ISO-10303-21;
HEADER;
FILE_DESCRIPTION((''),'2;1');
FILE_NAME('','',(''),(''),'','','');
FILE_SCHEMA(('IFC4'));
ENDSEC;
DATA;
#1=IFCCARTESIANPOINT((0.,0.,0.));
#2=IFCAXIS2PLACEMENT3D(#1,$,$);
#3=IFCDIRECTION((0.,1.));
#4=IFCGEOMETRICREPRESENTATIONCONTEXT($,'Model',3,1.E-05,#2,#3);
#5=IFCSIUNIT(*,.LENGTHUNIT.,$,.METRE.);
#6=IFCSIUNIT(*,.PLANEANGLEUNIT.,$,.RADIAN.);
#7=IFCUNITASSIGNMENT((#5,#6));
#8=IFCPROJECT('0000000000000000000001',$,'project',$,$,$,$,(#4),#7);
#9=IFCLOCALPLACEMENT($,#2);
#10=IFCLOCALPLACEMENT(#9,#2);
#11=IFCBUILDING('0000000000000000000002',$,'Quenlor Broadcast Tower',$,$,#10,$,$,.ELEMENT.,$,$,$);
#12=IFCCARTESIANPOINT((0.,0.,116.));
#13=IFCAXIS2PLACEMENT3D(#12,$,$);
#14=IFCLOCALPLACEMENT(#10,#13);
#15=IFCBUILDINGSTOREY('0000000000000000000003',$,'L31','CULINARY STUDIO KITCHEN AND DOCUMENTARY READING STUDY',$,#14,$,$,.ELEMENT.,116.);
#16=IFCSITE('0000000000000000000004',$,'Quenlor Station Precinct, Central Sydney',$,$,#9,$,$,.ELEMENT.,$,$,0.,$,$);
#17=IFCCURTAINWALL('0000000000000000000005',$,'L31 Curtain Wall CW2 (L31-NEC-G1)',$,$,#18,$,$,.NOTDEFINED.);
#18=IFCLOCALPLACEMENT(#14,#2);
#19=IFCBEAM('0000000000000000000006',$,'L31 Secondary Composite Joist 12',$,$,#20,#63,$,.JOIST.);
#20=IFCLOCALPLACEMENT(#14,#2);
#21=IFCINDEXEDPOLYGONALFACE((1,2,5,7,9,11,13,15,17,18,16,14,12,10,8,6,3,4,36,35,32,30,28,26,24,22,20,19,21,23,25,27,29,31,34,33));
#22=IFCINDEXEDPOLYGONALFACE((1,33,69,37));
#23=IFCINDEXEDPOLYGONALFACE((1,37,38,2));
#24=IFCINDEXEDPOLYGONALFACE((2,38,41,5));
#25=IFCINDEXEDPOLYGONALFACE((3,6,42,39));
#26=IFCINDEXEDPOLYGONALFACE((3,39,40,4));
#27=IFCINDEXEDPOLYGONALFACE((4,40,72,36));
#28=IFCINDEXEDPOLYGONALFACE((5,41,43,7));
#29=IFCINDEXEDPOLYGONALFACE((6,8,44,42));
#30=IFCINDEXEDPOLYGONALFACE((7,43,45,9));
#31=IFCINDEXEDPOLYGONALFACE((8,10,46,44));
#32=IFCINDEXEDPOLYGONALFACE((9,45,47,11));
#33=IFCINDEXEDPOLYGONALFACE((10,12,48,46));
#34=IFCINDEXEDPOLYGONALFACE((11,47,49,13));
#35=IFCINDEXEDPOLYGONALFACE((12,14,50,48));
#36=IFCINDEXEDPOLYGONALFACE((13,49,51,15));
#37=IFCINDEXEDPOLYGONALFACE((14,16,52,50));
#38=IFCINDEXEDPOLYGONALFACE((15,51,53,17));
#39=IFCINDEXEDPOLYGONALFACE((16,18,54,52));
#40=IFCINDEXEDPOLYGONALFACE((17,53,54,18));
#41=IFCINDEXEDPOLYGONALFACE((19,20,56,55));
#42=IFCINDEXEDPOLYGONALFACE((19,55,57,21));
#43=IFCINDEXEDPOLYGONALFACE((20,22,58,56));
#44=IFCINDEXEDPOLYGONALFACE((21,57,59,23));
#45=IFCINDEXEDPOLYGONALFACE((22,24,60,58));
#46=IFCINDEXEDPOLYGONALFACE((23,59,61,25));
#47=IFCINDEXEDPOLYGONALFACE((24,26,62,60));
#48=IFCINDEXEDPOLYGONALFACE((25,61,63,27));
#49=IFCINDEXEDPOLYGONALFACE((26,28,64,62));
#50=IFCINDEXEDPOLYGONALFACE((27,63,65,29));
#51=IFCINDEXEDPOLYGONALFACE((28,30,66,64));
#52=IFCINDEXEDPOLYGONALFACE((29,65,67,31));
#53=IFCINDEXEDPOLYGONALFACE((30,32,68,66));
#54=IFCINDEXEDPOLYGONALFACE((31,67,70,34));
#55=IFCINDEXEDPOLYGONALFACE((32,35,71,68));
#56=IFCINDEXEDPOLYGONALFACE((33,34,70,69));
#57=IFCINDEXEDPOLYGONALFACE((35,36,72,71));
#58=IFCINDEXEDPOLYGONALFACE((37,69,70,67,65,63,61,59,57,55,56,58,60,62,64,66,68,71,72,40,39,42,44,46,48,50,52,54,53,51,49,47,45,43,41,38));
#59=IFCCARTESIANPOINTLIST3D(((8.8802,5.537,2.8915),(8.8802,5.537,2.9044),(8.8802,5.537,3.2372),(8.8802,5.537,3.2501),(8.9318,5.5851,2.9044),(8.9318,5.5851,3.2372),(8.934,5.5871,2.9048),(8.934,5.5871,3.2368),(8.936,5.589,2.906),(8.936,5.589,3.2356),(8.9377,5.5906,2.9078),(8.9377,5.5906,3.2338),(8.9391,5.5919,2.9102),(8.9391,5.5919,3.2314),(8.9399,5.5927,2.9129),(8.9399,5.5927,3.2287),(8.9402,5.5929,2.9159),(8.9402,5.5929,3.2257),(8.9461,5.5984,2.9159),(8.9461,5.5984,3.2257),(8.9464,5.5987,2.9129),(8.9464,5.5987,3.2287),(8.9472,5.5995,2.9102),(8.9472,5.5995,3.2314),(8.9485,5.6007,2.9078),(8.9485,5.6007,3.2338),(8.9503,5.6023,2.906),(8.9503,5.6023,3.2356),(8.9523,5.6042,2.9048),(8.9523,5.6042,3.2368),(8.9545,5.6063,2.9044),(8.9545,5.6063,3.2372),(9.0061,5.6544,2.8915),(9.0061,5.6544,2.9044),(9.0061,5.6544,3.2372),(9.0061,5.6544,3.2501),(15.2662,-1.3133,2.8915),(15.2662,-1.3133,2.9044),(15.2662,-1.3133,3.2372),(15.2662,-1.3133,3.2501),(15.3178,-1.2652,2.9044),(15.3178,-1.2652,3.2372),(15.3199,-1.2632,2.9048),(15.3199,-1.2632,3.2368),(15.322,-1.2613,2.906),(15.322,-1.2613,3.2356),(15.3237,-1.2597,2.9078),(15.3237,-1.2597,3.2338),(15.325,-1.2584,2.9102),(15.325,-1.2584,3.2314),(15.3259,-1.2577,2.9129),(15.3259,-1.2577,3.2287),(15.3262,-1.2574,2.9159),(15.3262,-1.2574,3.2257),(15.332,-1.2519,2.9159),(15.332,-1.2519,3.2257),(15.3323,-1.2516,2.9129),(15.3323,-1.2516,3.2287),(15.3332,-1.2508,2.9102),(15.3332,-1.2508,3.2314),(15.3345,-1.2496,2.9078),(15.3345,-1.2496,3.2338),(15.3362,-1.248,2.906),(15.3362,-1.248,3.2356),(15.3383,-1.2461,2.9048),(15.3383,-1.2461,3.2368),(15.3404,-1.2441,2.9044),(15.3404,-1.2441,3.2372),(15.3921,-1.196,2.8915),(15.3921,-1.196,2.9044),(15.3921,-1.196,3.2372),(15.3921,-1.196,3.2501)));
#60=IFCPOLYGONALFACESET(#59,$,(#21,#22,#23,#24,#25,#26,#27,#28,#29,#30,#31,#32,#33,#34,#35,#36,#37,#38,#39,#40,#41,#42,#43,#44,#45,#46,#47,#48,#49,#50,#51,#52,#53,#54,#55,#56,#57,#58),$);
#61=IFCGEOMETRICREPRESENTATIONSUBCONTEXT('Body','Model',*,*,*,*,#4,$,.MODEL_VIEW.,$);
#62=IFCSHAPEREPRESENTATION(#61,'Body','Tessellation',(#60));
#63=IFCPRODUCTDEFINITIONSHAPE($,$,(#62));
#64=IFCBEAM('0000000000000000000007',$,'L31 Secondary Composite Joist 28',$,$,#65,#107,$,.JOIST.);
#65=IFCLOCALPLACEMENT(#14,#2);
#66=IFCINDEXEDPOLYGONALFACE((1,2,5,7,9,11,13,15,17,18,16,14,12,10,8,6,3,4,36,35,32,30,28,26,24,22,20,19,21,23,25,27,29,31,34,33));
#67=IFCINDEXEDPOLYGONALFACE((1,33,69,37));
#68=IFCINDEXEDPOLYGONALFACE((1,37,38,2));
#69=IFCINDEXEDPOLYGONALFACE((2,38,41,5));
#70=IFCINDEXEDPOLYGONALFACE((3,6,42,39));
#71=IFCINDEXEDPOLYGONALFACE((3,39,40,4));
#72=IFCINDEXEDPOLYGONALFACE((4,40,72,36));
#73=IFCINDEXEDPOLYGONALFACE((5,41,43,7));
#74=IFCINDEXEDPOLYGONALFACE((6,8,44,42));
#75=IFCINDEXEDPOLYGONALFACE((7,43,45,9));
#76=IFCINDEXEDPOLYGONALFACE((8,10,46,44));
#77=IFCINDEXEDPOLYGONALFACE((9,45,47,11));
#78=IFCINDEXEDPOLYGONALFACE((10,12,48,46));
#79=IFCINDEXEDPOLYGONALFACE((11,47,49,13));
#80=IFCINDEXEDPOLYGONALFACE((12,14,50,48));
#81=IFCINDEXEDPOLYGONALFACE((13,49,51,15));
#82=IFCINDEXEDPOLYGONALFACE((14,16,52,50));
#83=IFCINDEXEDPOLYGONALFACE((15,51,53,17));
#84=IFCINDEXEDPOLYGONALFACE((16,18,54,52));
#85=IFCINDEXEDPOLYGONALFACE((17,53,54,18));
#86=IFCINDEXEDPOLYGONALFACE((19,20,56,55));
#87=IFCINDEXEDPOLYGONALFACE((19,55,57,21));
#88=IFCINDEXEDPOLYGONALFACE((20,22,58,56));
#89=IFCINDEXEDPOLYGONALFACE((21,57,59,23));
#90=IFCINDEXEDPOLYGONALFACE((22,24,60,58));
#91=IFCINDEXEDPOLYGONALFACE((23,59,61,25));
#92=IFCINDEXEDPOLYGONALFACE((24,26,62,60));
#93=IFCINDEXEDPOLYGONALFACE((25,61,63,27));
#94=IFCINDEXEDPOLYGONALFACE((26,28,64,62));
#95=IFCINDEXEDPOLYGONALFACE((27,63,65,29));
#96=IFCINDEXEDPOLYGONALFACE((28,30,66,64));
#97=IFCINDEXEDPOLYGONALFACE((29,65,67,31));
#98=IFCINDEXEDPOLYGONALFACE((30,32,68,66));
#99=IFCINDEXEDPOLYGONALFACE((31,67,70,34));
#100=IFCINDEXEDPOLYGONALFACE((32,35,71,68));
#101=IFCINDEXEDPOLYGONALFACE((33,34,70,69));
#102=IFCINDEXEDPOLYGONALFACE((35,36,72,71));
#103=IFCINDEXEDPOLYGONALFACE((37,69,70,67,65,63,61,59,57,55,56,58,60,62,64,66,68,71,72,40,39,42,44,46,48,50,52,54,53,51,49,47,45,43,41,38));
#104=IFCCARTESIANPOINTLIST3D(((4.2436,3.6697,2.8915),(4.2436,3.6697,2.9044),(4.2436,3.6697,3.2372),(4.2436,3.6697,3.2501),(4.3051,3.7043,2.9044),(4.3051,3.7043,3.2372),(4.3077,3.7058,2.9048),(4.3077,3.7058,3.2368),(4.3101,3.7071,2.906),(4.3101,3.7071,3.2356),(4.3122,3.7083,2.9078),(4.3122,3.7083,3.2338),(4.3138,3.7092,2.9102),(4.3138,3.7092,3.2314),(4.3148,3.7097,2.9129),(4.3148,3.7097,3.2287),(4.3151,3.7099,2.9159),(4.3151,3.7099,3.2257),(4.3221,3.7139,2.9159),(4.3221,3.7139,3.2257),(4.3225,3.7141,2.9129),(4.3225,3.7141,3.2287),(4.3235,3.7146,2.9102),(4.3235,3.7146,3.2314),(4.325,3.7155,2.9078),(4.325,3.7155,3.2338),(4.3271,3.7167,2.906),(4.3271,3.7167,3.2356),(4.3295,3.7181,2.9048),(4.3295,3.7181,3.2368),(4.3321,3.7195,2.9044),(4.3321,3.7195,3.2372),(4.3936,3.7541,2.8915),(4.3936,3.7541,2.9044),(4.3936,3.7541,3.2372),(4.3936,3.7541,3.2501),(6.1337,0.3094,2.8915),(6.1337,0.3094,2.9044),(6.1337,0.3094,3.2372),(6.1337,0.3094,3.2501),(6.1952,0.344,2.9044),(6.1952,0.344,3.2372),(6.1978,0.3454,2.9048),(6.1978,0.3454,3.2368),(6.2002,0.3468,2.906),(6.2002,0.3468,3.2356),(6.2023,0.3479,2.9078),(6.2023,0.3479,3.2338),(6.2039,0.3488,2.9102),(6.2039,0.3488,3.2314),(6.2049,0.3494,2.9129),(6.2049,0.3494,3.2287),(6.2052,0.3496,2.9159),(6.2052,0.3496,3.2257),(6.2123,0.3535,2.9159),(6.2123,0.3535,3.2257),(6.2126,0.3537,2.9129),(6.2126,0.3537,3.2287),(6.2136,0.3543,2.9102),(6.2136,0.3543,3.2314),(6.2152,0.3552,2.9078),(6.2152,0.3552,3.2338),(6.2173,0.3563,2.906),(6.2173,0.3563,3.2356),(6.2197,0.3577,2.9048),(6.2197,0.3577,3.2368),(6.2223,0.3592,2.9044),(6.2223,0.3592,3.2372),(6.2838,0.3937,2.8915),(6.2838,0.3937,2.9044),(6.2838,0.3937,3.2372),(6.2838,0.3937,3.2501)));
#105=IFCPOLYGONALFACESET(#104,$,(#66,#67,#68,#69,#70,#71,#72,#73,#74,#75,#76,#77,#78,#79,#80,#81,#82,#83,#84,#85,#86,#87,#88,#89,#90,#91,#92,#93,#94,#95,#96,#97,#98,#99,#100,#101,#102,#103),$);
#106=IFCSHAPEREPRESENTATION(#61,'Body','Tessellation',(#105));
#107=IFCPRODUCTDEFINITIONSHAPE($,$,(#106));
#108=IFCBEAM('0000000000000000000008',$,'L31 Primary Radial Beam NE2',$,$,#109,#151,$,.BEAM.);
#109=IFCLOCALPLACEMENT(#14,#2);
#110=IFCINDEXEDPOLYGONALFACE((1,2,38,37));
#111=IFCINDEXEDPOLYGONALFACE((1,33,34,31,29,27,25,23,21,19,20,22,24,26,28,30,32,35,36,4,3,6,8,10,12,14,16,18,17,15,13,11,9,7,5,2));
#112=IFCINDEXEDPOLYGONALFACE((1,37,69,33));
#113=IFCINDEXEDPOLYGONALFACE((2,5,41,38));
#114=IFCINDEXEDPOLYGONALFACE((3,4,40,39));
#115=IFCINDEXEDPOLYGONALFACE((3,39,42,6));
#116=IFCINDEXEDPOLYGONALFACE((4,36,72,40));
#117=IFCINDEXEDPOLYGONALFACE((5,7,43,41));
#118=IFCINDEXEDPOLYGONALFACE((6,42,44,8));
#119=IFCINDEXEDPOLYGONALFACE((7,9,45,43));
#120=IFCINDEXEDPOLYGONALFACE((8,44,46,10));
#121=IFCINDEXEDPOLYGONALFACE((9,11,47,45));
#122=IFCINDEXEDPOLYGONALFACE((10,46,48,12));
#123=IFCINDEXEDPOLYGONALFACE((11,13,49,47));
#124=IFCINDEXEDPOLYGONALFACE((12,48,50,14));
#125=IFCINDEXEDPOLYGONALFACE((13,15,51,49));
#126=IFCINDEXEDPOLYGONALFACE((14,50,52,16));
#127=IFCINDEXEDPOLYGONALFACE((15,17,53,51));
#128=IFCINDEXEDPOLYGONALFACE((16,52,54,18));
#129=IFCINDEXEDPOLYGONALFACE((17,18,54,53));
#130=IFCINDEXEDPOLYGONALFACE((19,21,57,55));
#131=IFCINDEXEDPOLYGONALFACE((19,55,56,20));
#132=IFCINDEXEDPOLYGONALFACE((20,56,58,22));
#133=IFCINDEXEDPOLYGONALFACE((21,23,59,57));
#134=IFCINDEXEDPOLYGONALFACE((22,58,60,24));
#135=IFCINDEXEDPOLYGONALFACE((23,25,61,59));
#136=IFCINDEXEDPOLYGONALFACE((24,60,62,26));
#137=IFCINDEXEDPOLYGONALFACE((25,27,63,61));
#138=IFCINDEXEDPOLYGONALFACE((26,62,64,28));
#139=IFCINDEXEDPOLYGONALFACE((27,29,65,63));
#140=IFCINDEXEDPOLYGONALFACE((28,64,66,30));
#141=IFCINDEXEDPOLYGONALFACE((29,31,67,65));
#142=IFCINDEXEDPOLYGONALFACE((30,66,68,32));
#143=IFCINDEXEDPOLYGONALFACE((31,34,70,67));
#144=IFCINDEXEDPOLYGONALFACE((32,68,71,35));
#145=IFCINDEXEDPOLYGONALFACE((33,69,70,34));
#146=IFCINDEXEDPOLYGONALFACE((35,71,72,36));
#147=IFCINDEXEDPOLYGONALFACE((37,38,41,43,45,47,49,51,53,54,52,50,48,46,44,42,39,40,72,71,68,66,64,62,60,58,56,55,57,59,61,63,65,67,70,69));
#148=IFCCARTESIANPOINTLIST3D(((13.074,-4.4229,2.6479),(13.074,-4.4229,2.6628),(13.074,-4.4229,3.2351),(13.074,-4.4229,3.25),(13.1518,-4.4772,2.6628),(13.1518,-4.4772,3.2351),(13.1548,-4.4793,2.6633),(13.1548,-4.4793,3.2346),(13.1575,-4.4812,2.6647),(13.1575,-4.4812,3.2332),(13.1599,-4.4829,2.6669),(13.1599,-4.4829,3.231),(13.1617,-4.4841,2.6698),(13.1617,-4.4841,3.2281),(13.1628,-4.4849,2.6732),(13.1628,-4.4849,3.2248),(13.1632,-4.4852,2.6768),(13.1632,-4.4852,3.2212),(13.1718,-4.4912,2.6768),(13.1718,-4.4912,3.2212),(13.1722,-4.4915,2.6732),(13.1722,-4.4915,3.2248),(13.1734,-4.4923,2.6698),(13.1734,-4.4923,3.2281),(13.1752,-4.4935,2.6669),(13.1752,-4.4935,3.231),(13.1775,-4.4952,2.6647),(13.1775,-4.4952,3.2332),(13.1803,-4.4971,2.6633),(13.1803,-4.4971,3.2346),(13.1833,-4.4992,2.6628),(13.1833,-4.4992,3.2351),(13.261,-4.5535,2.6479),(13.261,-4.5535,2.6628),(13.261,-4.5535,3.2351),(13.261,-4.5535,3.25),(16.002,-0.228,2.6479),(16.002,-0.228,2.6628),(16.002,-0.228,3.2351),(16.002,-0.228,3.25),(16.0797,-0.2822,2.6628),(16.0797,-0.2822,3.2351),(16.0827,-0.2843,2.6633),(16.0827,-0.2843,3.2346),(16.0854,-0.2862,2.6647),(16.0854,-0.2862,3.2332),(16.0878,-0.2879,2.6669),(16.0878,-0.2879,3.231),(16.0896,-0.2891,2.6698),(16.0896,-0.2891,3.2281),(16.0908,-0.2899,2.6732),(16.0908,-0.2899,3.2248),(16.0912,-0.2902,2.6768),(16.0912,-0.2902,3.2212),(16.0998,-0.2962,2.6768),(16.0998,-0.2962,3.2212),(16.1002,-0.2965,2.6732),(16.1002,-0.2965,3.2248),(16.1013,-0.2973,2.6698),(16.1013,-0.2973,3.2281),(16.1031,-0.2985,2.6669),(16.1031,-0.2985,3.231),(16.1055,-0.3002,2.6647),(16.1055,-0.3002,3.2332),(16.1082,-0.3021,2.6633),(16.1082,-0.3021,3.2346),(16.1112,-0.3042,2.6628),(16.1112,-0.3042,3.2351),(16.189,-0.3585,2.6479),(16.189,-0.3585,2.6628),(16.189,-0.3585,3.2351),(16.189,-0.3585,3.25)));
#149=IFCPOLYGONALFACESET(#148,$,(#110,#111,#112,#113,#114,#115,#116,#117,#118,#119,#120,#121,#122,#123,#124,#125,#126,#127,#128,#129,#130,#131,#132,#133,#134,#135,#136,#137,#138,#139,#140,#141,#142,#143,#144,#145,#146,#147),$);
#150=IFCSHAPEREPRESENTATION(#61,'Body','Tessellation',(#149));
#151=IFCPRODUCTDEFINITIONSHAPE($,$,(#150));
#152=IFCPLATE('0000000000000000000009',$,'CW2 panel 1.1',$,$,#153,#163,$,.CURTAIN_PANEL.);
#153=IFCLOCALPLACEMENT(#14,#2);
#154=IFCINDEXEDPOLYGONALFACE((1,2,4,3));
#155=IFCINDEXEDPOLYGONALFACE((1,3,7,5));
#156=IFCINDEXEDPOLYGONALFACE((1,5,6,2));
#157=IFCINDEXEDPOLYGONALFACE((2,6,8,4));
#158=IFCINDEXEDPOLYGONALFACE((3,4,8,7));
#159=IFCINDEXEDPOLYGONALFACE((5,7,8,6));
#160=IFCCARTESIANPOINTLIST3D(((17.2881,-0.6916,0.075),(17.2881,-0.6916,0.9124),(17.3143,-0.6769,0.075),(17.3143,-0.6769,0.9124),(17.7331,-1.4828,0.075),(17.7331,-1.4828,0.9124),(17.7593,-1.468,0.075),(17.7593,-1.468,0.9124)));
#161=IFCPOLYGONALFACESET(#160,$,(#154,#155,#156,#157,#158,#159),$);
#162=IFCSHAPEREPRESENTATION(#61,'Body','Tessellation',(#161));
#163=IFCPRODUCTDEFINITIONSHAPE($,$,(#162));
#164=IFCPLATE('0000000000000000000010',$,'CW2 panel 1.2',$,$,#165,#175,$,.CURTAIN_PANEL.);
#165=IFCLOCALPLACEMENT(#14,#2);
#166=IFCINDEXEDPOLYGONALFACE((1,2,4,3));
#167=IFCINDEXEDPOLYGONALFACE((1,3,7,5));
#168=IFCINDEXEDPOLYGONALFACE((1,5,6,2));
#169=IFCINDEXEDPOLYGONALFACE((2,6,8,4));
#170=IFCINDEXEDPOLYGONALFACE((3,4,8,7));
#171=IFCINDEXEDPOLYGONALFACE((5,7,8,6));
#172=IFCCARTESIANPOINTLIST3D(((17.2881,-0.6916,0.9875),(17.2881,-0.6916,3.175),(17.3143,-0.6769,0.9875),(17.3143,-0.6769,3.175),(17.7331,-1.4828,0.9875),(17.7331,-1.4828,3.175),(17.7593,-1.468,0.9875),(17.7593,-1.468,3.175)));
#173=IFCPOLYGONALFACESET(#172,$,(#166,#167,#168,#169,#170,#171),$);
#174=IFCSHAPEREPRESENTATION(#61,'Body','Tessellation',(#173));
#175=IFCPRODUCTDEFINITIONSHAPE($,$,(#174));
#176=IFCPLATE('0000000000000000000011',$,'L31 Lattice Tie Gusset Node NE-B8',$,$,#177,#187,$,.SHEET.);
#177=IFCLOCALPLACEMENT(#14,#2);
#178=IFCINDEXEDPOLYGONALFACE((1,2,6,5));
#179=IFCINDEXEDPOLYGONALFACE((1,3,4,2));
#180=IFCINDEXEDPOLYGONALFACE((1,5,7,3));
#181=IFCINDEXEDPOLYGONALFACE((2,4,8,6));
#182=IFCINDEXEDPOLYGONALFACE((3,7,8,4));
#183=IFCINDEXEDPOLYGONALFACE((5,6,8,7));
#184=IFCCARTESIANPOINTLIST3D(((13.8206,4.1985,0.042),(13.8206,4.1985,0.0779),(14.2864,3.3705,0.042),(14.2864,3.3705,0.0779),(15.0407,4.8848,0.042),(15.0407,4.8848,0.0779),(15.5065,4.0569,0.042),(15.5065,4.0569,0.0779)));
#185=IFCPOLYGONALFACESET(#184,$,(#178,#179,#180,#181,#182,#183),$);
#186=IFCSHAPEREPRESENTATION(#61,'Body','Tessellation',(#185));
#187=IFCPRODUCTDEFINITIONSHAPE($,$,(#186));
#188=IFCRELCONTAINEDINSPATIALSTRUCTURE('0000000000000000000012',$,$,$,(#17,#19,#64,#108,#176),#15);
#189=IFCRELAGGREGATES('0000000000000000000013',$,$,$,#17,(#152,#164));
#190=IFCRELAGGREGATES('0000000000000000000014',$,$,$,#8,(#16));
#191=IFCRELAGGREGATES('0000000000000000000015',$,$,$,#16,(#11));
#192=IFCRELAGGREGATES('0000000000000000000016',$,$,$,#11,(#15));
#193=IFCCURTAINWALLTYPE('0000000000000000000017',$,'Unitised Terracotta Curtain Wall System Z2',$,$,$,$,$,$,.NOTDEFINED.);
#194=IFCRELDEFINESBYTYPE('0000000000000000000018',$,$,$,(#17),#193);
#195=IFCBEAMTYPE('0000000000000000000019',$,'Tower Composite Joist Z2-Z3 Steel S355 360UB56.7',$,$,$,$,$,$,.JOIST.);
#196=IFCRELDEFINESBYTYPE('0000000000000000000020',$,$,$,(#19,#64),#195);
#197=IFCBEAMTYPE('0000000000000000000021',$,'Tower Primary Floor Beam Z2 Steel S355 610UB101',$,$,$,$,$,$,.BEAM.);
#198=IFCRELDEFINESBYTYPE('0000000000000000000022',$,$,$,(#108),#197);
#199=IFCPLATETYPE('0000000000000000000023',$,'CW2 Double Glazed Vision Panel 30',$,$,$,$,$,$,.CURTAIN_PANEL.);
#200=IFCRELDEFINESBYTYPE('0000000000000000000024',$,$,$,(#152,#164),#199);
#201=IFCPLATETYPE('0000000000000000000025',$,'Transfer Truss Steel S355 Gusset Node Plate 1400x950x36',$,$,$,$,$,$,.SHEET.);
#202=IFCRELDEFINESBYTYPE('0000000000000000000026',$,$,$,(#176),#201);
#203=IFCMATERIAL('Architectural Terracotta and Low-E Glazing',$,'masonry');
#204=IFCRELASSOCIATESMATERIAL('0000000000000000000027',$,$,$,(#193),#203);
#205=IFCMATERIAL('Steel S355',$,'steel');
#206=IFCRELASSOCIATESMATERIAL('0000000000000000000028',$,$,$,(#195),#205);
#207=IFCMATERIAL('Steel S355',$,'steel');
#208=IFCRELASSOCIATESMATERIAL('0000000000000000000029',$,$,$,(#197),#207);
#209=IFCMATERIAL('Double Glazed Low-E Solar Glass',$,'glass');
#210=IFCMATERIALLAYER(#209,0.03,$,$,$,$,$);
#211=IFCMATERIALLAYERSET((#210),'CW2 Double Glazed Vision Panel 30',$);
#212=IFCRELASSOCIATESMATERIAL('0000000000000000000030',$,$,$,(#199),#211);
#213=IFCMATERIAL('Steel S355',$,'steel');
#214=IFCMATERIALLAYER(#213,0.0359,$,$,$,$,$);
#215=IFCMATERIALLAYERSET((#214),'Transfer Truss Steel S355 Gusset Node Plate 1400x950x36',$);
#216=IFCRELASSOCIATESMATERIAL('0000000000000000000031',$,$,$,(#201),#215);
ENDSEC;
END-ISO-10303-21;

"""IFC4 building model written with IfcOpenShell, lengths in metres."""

from ifc_helpers import new_model, si_unit, direction, frame, origin, origin_2d, place, context, subcontext, project, spatial, rectangle, i_section, extrude, material, layer, layer_set, material_profile, profile_set, type_object, element, aggregate, save


model = new_model("IFC4")

# Units and contexts
model_context = context("Model", 3, precision=1e-05, world=origin(), true_north=direction((0.0, 1.0)))
body_context = subcontext(model_context, "Body", "Model", "MODEL_VIEW")
ifc_project = project(units=[si_unit("LENGTHUNIT", "METRE"), si_unit("PLANEANGLEUNIT", "RADIAN")], contexts=[model_context])

# Site, building, storey
site_placement = place(None, origin())
site = spatial("IfcSite", under=ifc_project, at=site_placement, Name="Quenlor Station Precinct, Central Sydney", CompositionType="ELEMENT", RefElevation=0.0)
building_placement = place(site_placement, origin())
building = spatial("IfcBuilding", under=site, at=building_placement, Name="Quenlor Broadcast Tower", CompositionType="ELEMENT")
storey_placement = place(building_placement, frame((0.0, 0.0, 116.0)))
storey = spatial("IfcBuildingStorey", under=building, at=storey_placement, Name="L31", Description="CULINARY STUDIO KITCHEN AND DOCUMENTARY READING STUDY", CompositionType="ELEMENT", Elevation=116.0)

# Curtain wall
ifc_material_1 = material(Name="Architectural Terracotta and Low-E Glazing", Category="masonry")
curtain_wall_type = type_object("IfcCurtainWallType", Name="Unitised Terracotta Curtain Wall System Z2", PredefinedType="NOTDEFINED", material=ifc_material_1)
curtain_wall_placement = place(storey_placement, origin())
curtain_wall = element("IfcCurtainWall", 1, at=curtain_wall_placement, inside=storey, type_object=curtain_wall_type, Name="L31 Curtain Wall CW2 (L31-NEC-G1)", PredefinedType="NOTDEFINED")

# Beams
ifc_material_2 = material(Name="Steel S355", Category="steel")
ifc_material_profile_1 = material_profile(ifc_material_2, i_section(OverallWidth=0.1721, OverallDepth=0.3586, WebThickness=0.0081, FlangeThickness=0.0129, FilletRadius=0.0115, at=origin_2d()))
ifc_profile_set_1 = profile_set([ifc_material_profile_1], Name="Steel S355 360UB56.7")
beam_type_1 = type_object("IfcBeamType", Name="Tower Composite Joist Z2-Z3 Steel S355 360UB56.7", PredefinedType="JOIST", material=ifc_profile_set_1)
beam_1_placement = place(storey_placement, frame((15.3291, -1.2546, 3.0708), z_axis=(-0.681881, 0.731463, 0.0), x_axis=(-0.731463, -0.681881, 0.0)))
element("IfcBeam", 2, at=beam_1_placement, inside=storey, type_object=beam_type_1, Name="L31 Secondary Composite Joist 12", PredefinedType="JOIST", context=body_context, shape_type="SweptSolid", body=[
    extrude(i_section(OverallWidth=0.1721, OverallDepth=0.3586, WebThickness=0.0081, FlangeThickness=0.0129, FilletRadius=0.0115, at=origin_2d()), origin(), (0.0, 0.0, 1.0), 9.3652),
])
beam_2_placement = place(storey_placement, frame((4.3186, 3.7119, 3.0708), z_axis=(0.490249, -0.871582, 0.0), x_axis=(0.871582, 0.490249, 0.0)))
element("IfcBeam", 3, at=beam_2_placement, inside=storey, type_object=beam_type_1, Name="L31 Secondary Composite Joist 28", PredefinedType="JOIST", context=body_context, shape_type="SweptSolid", body=[
    extrude(i_section(OverallWidth=0.1721, OverallDepth=0.3586, WebThickness=0.0081, FlangeThickness=0.0129, FilletRadius=0.0115, at=origin_2d()), origin(), (0.0, 0.0, 1.0), 3.8555),
])
ifc_material_3 = material(Name="Steel S355", Category="steel")
ifc_material_profile_2 = material_profile(ifc_material_3, i_section(OverallWidth=0.228, OverallDepth=0.6021, WebThickness=0.0105, FlangeThickness=0.0149, FilletRadius=0.0139, at=origin_2d()))
ifc_profile_set_2 = profile_set([ifc_material_profile_2], Name="Steel S355 610UB101")
beam_type_2 = type_object("IfcBeamType", Name="Tower Primary Floor Beam Z2 Steel S355 610UB101", PredefinedType="BEAM", material=ifc_profile_set_2)
beam_3_placement = place(storey_placement, frame((16.0955, -0.2932, 2.949), z_axis=(-0.572338, -0.820018, 0.0), x_axis=(0.820018, -0.572338, 0.0)))
element("IfcBeam", 4, at=beam_3_placement, inside=storey, type_object=beam_type_2, Name="L31 Primary Radial Beam NE2", PredefinedType="BEAM", context=body_context, shape_type="SweptSolid", body=[
    extrude(i_section(OverallWidth=0.228, OverallDepth=0.6021, WebThickness=0.0105, FlangeThickness=0.0149, FilletRadius=0.0139, at=origin_2d()), origin(), (0.0, 0.0, 1.0), 5.1157),
])

# Plates
ifc_material_4 = material(Name="Double Glazed Low-E Solar Glass", Category="glass")
ifc_layer_1 = layer(ifc_material_4, 0.03)
ifc_layer_set_1 = layer_set([ifc_layer_1], Name="CW2 Double Glazed Vision Panel 30")
plate_type_1 = type_object("IfcPlateType", Name="CW2 Double Glazed Vision Panel 30", PredefinedType="CURTAIN_PANEL", material=ifc_layer_set_1)
plate_1_placement = place(storey_placement, frame((17.5237, -1.0798, 0.075), z_axis=(0.0, 0.0, 1.0), x_axis=(0.490252, -0.871581, 0.0)))
plate_1 = element("IfcPlate", 5, at=plate_1_placement, type_object=plate_type_1, Name="CW2 panel 1.1", PredefinedType="CURTAIN_PANEL", context=body_context, shape_type="SweptSolid", body=[
    extrude(rectangle(XDim=0.9077, YDim=0.03, at=origin_2d()), origin(), (0.0, 0.0, 1.0), 0.8374),
])
plate_2_placement = place(storey_placement, frame((17.5237, -1.0798, 0.9875), z_axis=(0.0, 0.0, 1.0), x_axis=(0.490252, -0.871581, 0.0)))
plate_2 = element("IfcPlate", 6, at=plate_2_placement, type_object=plate_type_1, Name="CW2 panel 1.2", PredefinedType="CURTAIN_PANEL", context=body_context, shape_type="SweptSolid", body=[
    extrude(rectangle(XDim=0.9077, YDim=0.03, at=origin_2d()), origin(), (0.0, 0.0, 1.0), 2.1875),
])
aggregate(curtain_wall, [plate_1, plate_2])

# Plate
ifc_material_5 = material(Name="Steel S355", Category="steel")
ifc_layer_2 = layer(ifc_material_5, 0.0359)
ifc_layer_set_2 = layer_set([ifc_layer_2], Name="Transfer Truss Steel S355 Gusset Node Plate 1400x950x36")
plate_type_2 = type_object("IfcPlateType", Name="Transfer Truss Steel S355 Gusset Node Plate 1400x950x36", PredefinedType="SHEET", material=ifc_layer_set_2)
for number, where, z_axis, x_axis, name in (
    (7, (14.6636, 4.1277, 0.042), (0.0, 0.0, 1.0), (0.871556, 0.490295, 0.0), "L31 Lattice Tie Gusset Node NE-B8"),
):
    element("IfcPlate", number, at=place(storey_placement, frame(where, z_axis=z_axis, x_axis=x_axis)), inside=storey, type_object=plate_type_2, Name=name, PredefinedType="SHEET", context=body_context, shape_type="SweptSolid", body=[
        extrude(rectangle(XDim=1.3999, YDim=0.95, at=origin_2d()), origin(), (0.0, 0.0, 1.0), 0.0359),
    ])

save(model, "model.ifc")
